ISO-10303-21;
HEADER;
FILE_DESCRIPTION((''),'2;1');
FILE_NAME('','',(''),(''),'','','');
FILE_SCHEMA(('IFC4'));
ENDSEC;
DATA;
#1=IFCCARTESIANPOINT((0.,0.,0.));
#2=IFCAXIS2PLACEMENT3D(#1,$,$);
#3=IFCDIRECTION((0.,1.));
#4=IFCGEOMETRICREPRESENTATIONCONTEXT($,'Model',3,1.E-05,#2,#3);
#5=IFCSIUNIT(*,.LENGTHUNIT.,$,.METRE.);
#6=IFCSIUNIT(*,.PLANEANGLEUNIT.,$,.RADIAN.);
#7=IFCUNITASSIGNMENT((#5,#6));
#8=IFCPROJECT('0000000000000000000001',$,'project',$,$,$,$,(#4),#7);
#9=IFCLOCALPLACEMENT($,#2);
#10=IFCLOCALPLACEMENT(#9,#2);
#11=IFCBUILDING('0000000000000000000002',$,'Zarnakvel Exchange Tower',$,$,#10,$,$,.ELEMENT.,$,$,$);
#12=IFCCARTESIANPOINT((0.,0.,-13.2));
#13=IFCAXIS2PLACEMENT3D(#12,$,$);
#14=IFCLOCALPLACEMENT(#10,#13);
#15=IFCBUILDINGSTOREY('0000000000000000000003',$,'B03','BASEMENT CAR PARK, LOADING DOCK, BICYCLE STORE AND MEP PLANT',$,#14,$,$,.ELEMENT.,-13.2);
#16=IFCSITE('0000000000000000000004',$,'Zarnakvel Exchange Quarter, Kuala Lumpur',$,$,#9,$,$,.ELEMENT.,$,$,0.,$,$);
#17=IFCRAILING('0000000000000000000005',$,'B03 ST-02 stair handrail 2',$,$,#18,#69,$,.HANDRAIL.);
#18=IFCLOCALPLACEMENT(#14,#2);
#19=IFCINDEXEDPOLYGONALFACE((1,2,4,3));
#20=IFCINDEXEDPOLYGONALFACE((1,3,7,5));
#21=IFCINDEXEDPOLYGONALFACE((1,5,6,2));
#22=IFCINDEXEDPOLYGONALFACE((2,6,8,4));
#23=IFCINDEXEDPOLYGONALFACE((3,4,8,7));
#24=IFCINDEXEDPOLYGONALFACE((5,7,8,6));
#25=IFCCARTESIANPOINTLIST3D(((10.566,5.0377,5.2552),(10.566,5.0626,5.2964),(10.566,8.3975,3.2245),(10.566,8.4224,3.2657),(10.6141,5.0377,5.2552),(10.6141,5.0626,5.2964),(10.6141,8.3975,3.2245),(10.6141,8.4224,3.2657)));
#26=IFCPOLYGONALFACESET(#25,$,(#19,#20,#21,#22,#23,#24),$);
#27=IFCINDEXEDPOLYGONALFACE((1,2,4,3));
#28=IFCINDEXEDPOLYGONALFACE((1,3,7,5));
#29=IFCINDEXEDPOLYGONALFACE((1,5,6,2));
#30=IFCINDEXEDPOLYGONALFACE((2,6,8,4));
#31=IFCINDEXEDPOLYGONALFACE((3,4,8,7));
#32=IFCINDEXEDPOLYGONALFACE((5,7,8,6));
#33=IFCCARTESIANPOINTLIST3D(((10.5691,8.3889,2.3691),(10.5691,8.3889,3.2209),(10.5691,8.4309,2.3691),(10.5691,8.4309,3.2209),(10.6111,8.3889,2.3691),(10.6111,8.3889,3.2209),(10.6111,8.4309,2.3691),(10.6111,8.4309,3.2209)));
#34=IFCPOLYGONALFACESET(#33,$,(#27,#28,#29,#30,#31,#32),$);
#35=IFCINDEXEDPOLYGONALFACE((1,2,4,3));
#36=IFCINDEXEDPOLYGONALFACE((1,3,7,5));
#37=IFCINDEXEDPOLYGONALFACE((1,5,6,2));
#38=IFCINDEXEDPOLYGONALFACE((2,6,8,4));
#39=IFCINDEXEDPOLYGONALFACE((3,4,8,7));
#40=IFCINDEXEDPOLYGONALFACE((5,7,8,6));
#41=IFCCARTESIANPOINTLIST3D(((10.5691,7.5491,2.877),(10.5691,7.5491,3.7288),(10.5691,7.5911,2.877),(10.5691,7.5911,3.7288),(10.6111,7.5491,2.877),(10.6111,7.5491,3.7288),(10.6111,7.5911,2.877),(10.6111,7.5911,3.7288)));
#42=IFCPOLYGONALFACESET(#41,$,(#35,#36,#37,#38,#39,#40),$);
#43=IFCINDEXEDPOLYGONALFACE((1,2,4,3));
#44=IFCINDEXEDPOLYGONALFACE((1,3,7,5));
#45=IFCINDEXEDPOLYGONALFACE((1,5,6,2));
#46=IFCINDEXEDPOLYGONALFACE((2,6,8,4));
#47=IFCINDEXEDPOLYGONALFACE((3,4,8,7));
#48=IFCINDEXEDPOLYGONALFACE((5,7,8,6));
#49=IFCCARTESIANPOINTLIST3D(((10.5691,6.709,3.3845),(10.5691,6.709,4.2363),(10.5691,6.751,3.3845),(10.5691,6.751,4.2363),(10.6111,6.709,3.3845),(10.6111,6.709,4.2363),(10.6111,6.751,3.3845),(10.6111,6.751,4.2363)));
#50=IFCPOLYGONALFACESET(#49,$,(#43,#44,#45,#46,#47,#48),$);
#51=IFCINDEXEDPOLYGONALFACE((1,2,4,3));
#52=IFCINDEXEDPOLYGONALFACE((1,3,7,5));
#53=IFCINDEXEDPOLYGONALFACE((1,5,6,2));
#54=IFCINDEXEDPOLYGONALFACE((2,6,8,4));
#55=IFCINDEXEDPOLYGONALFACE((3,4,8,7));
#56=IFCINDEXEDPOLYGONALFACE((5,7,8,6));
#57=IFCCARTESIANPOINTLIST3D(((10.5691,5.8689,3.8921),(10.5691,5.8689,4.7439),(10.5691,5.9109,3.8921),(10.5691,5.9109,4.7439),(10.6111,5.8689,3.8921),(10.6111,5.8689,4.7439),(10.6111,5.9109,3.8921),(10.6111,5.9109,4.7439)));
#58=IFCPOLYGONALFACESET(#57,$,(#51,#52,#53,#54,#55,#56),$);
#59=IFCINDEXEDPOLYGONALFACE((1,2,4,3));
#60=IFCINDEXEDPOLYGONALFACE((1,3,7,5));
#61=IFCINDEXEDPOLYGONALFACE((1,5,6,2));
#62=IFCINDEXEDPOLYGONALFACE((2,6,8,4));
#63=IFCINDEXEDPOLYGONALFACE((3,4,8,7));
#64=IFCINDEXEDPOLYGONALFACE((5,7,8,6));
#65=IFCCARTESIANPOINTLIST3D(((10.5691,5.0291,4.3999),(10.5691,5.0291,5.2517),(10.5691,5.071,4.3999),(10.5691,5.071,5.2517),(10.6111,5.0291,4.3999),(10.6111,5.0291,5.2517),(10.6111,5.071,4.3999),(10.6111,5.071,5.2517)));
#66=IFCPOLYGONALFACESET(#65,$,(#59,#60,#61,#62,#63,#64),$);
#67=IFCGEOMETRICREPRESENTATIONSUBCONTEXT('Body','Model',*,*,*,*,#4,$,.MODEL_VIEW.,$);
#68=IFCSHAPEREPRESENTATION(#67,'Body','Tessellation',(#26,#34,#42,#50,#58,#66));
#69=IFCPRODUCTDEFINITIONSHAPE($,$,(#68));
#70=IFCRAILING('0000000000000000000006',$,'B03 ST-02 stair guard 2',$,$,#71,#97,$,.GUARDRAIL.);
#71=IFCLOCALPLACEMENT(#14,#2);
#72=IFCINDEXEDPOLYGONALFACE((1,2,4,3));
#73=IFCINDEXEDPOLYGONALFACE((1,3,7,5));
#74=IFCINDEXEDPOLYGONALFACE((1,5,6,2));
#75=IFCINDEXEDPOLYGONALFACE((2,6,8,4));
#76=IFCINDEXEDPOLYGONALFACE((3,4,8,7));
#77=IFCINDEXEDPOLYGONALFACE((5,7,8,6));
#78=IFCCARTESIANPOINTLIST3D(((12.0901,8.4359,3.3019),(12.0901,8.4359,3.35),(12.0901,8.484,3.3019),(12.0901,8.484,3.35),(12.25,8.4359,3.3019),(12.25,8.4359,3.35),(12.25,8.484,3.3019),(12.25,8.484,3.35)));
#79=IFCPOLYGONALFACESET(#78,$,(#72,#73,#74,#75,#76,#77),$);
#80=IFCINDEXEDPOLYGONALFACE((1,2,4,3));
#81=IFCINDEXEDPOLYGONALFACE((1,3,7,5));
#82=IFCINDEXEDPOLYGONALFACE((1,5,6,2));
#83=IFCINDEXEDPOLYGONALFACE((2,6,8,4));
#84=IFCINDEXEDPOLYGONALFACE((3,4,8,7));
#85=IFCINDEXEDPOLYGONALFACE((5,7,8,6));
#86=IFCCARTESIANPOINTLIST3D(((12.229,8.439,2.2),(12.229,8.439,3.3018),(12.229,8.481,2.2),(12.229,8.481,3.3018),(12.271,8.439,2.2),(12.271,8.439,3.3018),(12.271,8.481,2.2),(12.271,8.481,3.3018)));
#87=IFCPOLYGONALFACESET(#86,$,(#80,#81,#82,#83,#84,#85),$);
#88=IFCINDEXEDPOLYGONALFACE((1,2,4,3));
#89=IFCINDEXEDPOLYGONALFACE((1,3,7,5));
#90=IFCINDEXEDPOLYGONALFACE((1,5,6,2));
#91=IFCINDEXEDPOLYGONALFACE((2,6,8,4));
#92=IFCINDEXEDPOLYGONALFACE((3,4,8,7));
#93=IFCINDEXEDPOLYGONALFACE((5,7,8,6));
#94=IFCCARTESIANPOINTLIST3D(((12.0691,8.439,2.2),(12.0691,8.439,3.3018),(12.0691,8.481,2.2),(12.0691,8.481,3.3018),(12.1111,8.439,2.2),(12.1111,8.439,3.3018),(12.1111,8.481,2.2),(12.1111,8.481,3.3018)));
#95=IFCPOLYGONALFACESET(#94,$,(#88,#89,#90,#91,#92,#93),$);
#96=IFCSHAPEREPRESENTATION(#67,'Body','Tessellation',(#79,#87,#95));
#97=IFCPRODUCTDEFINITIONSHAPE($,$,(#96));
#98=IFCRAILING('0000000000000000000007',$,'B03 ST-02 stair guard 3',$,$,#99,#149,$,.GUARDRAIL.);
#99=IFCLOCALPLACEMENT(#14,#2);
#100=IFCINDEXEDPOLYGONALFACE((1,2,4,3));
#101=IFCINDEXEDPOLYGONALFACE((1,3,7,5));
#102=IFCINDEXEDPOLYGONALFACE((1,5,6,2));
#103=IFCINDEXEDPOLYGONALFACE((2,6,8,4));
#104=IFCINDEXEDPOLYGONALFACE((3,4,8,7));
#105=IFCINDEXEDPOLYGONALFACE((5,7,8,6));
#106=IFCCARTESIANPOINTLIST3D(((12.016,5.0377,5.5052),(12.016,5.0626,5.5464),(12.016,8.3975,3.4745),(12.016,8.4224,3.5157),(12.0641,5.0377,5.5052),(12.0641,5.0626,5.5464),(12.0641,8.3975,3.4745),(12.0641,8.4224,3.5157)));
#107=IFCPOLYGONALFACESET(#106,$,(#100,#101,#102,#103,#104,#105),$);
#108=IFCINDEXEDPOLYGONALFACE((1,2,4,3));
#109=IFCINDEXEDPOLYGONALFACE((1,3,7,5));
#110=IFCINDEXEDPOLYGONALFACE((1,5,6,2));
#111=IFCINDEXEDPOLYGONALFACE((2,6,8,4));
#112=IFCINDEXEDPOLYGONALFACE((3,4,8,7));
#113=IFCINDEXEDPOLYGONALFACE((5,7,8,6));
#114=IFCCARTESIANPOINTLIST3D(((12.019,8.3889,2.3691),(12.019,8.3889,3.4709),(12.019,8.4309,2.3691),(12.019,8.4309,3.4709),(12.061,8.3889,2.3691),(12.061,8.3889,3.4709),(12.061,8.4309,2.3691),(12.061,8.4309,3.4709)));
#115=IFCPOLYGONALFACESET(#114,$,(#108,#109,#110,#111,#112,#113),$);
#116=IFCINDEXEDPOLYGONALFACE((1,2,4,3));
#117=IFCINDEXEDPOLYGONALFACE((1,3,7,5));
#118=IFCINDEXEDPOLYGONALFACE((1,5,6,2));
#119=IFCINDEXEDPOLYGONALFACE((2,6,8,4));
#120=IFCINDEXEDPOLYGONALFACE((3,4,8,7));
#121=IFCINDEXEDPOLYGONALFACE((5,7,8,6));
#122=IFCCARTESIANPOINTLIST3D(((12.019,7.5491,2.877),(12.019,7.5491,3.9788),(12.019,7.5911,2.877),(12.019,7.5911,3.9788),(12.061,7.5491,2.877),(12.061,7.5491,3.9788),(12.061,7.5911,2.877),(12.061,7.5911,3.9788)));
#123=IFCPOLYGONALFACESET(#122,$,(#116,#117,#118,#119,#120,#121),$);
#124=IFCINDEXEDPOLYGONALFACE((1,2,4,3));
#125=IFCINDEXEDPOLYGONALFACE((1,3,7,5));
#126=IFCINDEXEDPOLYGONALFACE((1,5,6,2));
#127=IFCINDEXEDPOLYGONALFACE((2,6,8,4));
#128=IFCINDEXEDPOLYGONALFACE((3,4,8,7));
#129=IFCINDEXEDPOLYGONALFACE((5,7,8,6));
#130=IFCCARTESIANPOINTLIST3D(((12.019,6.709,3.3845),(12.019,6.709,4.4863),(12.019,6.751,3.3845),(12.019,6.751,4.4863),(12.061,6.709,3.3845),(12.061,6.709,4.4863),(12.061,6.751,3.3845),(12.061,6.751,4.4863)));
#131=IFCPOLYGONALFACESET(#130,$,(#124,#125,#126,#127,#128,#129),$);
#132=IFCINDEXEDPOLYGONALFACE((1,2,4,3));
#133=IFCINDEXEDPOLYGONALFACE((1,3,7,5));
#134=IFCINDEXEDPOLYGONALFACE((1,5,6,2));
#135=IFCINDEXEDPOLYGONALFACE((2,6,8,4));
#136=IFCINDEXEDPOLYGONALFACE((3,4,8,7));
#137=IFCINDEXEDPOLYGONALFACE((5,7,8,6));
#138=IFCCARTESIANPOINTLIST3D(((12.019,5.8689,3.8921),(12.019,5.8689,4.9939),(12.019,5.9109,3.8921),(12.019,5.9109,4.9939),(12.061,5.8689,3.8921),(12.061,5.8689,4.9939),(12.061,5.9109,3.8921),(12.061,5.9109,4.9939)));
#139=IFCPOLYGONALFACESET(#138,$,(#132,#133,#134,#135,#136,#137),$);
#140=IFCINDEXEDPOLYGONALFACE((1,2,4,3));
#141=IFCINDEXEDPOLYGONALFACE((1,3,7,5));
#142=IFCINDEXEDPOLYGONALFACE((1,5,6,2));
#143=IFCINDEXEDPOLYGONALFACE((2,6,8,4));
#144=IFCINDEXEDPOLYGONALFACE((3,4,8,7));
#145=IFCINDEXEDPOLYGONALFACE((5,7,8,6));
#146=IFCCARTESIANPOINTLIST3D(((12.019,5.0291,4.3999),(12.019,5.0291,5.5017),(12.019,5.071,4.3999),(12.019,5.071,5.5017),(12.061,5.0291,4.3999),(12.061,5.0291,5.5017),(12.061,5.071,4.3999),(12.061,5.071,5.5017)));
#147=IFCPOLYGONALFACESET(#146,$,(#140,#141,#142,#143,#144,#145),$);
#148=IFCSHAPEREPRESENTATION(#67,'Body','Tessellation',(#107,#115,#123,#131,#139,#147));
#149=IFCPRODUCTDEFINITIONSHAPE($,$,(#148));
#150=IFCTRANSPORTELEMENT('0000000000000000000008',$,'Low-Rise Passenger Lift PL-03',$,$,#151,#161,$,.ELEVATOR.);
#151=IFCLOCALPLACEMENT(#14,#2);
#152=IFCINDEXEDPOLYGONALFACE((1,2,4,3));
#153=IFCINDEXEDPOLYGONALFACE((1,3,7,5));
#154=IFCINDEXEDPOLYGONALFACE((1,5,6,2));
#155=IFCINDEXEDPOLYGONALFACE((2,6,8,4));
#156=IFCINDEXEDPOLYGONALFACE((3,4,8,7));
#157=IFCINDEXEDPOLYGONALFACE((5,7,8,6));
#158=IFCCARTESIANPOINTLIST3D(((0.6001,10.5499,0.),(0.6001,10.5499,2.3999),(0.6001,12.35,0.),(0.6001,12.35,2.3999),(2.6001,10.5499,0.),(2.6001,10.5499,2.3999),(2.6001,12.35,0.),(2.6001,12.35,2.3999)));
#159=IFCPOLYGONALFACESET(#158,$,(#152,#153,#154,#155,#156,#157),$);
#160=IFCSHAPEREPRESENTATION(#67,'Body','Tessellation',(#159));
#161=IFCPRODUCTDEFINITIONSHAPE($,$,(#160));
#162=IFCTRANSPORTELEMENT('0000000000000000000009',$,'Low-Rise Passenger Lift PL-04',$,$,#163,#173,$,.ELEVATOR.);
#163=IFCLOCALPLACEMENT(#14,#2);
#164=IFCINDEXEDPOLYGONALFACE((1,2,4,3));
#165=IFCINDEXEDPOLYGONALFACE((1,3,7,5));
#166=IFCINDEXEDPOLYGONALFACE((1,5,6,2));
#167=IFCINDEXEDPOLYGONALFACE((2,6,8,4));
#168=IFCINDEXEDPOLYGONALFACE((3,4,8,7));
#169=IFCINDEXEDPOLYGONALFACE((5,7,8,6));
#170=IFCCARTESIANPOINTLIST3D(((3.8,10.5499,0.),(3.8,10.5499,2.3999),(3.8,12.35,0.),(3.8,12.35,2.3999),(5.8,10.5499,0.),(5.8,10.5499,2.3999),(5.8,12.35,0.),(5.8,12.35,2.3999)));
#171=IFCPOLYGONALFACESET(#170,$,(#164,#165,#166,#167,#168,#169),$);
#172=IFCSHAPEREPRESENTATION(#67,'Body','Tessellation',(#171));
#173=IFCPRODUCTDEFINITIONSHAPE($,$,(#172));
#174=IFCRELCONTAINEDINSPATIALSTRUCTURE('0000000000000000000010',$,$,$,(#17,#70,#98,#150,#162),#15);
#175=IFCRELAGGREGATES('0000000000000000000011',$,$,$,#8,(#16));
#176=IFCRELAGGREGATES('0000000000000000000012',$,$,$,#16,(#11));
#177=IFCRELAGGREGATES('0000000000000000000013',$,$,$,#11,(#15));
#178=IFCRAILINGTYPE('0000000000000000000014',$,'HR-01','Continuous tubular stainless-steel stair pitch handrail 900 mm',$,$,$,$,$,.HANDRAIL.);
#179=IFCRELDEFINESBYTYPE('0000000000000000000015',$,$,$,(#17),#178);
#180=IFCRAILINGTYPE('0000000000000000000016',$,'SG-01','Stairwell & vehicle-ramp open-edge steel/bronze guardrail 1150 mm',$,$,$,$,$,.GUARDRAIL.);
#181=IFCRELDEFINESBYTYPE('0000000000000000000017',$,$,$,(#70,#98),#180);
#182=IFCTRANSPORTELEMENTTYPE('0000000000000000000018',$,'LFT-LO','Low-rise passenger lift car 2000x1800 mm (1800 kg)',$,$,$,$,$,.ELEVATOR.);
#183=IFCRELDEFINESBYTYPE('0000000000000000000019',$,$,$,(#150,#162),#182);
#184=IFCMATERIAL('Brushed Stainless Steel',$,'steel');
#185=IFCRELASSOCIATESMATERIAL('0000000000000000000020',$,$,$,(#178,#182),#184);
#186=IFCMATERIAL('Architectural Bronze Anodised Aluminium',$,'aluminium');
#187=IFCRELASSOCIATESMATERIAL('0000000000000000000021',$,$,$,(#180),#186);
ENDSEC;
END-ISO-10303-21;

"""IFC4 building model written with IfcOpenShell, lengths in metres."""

from ifc_helpers import new_model, si_unit, direction, frame, origin, origin_2d, place, context, subcontext, project, spatial, rectangle, extrude, source, transform, mapped, material, type_object, element, save


model = new_model("IFC4")

# Units and contexts
model_context = context("Model", 3, precision=1e-05, world=origin(), true_north=direction((0.0, 1.0)))
body_context = subcontext(model_context, "Body", "Model", "MODEL_VIEW")
ifc_project = project(units=[si_unit("LENGTHUNIT", "METRE"), si_unit("PLANEANGLEUNIT", "RADIAN")], contexts=[model_context])

# Site, building, storey
site_placement = place(None, origin())
site = spatial("IfcSite", under=ifc_project, at=site_placement, Name="Zarnakvel Exchange Quarter, Kuala Lumpur", CompositionType="ELEMENT", RefElevation=0.0)
building_placement = place(site_placement, origin())
building = spatial("IfcBuilding", under=site, at=building_placement, Name="Zarnakvel Exchange Tower", CompositionType="ELEMENT")
storey_placement = place(building_placement, frame((0.0, 0.0, -13.2)))
storey = spatial("IfcBuildingStorey", under=building, at=storey_placement, Name="B03", Description="BASEMENT CAR PARK, LOADING DOCK, BICYCLE STORE AND MEP PLANT", CompositionType="ELEMENT", Elevation=-13.2)

# Shared definitions
ifc_material_1 = material(Name="Architectural Bronze Anodised Aluminium", Category="aluminium")

# Railings
ifc_material_2 = material(Name="Brushed Stainless Steel", Category="steel")
railing_type_1 = type_object("IfcRailingType", Name="HR-01", Description="Continuous tubular stainless-steel stair pitch handrail 900 mm", PredefinedType="HANDRAIL", material=ifc_material_2)
railing_1_placement = place(storey_placement, frame((10.5901, 8.4099, 2.3691)))
element("IfcRailing", 1, at=railing_1_placement, inside=storey, type_object=railing_type_1, Name="B03 ST-02 stair handrail 2", PredefinedType="HANDRAIL", context=body_context, shape_type="SweptSolid", body=[
    extrude(rectangle(XDim=0.0481, YDim=0.0481, at=origin_2d()), frame((0.0, 0.0, 0.876), z_axis=(0.0, -0.85582, 0.517273), x_axis=(1.0, 0.0, 0.0)), (0.0, 0.0, 1.0), 3.9258),
    extrude(rectangle(XDim=0.042, YDim=0.042, at=origin_2d()), origin(), (0.0, 0.0, 1.0), 0.8518),
    extrude(rectangle(XDim=0.042, YDim=0.042, at=origin_2d()), frame((0.0, -0.8398, 0.5078)), (0.0, 0.0, 1.0), 0.8518),
    extrude(rectangle(XDim=0.042, YDim=0.042, at=origin_2d()), frame((0.0, -1.6799, 1.0154)), (0.0, 0.0, 1.0), 0.8518),
    extrude(rectangle(XDim=0.042, YDim=0.042, at=origin_2d()), frame((0.0, -2.52, 1.5229)), (0.0, 0.0, 1.0), 0.8518),
    extrude(rectangle(XDim=0.042, YDim=0.042, at=origin_2d()), frame((0.0, -3.3599, 2.0308)), (0.0, 0.0, 1.0), 0.8518),
])
railing_type_2 = type_object("IfcRailingType", Name="SG-01", Description="Stairwell & vehicle-ramp open-edge steel/bronze guardrail 1150 mm", PredefinedType="GUARDRAIL", material=ifc_material_1)
railing_2_placement = place(storey_placement, frame((12.25, 8.46, 2.2)))
element("IfcRailing", 2, at=railing_2_placement, inside=storey, type_object=railing_type_2, Name="B03 ST-02 stair guard 2", PredefinedType="GUARDRAIL", context=body_context, shape_type="SweptSolid", body=[
    extrude(rectangle(XDim=0.0481, YDim=0.0481, at=origin_2d()), frame((0.0, 0.0, 1.126), z_axis=(-1.0, 0.0, 0.0), x_axis=(0.0, -1.0, 0.0)), (0.0, 0.0, 1.0), 0.1599),
    extrude(rectangle(XDim=0.042, YDim=0.042, at=origin_2d()), origin(), (0.0, 0.0, 1.0), 1.1018),
    extrude(rectangle(XDim=0.042, YDim=0.042, at=origin_2d()), frame((-0.1599, 0.0, 0.0)), (0.0, 0.0, 1.0), 1.1018),
])
railing_3_placement = place(storey_placement, frame((12.04, 8.4099, 2.3691)))
element("IfcRailing", 3, at=railing_3_placement, inside=storey, type_object=railing_type_2, Name="B03 ST-02 stair guard 3", PredefinedType="GUARDRAIL", context=body_context, shape_type="SweptSolid", body=[
    extrude(rectangle(XDim=0.0481, YDim=0.0481, at=origin_2d()), frame((0.0, 0.0, 1.126), z_axis=(0.0, -0.85582, 0.517273), x_axis=(1.0, 0.0, 0.0)), (0.0, 0.0, 1.0), 3.9258),
    extrude(rectangle(XDim=0.042, YDim=0.042, at=origin_2d()), origin(), (0.0, 0.0, 1.0), 1.1018),
    extrude(rectangle(XDim=0.042, YDim=0.042, at=origin_2d()), frame((0.0, -0.8398, 0.5078)), (0.0, 0.0, 1.0), 1.1018),
    extrude(rectangle(XDim=0.042, YDim=0.042, at=origin_2d()), frame((0.0, -1.6799, 1.0154)), (0.0, 0.0, 1.0), 1.1018),
    extrude(rectangle(XDim=0.042, YDim=0.042, at=origin_2d()), frame((0.0, -2.52, 1.5229)), (0.0, 0.0, 1.0), 1.1018),
    extrude(rectangle(XDim=0.042, YDim=0.042, at=origin_2d()), frame((0.0, -3.3599, 2.0308)), (0.0, 0.0, 1.0), 1.1018),
])

# Transport elements
transport_element_type = type_object("IfcTransportElementType", Name="LFT-LO", Description="Low-rise passenger lift car 2000x1800 mm (1800 kg)", PredefinedType="ELEVATOR", material=ifc_material_2)
shared_shape_1 = source(origin(), body_context, "Body", "SweptSolid", [
    extrude(rectangle(XDim=2.0, YDim=1.8, at=origin_2d()), origin(), (0.0, 0.0, 1.0), 2.3999),
])
for number, where, z_axis, x_axis, name in (
    (4, (1.6001, 11.45, 0.0), (0.0, 0.0, 1.0), (1.0, 0.0, 0.0), "Low-Rise Passenger Lift PL-03"),
    (5, (4.8, 11.45, 0.0), (0.0, 0.0, 1.0), (1.0, 0.0, 0.0), "Low-Rise Passenger Lift PL-04"),
):
    element("IfcTransportElement", number, at=place(storey_placement, frame(where, z_axis=z_axis, x_axis=x_axis)), inside=storey, type_object=transport_element_type, Name=name, PredefinedType="ELEVATOR", context=body_context, shape_type="MappedRepresentation", body=[
        mapped(shared_shape_1, transform((0.0, 0.0, 0.0), x_axis=(1.0, 0.0, 0.0), y_axis=(0.0, 1.0, 0.0), z_axis=(0.0, 0.0, 1.0), scale=1.0)),
    ])

save(model, "model.ifc")
